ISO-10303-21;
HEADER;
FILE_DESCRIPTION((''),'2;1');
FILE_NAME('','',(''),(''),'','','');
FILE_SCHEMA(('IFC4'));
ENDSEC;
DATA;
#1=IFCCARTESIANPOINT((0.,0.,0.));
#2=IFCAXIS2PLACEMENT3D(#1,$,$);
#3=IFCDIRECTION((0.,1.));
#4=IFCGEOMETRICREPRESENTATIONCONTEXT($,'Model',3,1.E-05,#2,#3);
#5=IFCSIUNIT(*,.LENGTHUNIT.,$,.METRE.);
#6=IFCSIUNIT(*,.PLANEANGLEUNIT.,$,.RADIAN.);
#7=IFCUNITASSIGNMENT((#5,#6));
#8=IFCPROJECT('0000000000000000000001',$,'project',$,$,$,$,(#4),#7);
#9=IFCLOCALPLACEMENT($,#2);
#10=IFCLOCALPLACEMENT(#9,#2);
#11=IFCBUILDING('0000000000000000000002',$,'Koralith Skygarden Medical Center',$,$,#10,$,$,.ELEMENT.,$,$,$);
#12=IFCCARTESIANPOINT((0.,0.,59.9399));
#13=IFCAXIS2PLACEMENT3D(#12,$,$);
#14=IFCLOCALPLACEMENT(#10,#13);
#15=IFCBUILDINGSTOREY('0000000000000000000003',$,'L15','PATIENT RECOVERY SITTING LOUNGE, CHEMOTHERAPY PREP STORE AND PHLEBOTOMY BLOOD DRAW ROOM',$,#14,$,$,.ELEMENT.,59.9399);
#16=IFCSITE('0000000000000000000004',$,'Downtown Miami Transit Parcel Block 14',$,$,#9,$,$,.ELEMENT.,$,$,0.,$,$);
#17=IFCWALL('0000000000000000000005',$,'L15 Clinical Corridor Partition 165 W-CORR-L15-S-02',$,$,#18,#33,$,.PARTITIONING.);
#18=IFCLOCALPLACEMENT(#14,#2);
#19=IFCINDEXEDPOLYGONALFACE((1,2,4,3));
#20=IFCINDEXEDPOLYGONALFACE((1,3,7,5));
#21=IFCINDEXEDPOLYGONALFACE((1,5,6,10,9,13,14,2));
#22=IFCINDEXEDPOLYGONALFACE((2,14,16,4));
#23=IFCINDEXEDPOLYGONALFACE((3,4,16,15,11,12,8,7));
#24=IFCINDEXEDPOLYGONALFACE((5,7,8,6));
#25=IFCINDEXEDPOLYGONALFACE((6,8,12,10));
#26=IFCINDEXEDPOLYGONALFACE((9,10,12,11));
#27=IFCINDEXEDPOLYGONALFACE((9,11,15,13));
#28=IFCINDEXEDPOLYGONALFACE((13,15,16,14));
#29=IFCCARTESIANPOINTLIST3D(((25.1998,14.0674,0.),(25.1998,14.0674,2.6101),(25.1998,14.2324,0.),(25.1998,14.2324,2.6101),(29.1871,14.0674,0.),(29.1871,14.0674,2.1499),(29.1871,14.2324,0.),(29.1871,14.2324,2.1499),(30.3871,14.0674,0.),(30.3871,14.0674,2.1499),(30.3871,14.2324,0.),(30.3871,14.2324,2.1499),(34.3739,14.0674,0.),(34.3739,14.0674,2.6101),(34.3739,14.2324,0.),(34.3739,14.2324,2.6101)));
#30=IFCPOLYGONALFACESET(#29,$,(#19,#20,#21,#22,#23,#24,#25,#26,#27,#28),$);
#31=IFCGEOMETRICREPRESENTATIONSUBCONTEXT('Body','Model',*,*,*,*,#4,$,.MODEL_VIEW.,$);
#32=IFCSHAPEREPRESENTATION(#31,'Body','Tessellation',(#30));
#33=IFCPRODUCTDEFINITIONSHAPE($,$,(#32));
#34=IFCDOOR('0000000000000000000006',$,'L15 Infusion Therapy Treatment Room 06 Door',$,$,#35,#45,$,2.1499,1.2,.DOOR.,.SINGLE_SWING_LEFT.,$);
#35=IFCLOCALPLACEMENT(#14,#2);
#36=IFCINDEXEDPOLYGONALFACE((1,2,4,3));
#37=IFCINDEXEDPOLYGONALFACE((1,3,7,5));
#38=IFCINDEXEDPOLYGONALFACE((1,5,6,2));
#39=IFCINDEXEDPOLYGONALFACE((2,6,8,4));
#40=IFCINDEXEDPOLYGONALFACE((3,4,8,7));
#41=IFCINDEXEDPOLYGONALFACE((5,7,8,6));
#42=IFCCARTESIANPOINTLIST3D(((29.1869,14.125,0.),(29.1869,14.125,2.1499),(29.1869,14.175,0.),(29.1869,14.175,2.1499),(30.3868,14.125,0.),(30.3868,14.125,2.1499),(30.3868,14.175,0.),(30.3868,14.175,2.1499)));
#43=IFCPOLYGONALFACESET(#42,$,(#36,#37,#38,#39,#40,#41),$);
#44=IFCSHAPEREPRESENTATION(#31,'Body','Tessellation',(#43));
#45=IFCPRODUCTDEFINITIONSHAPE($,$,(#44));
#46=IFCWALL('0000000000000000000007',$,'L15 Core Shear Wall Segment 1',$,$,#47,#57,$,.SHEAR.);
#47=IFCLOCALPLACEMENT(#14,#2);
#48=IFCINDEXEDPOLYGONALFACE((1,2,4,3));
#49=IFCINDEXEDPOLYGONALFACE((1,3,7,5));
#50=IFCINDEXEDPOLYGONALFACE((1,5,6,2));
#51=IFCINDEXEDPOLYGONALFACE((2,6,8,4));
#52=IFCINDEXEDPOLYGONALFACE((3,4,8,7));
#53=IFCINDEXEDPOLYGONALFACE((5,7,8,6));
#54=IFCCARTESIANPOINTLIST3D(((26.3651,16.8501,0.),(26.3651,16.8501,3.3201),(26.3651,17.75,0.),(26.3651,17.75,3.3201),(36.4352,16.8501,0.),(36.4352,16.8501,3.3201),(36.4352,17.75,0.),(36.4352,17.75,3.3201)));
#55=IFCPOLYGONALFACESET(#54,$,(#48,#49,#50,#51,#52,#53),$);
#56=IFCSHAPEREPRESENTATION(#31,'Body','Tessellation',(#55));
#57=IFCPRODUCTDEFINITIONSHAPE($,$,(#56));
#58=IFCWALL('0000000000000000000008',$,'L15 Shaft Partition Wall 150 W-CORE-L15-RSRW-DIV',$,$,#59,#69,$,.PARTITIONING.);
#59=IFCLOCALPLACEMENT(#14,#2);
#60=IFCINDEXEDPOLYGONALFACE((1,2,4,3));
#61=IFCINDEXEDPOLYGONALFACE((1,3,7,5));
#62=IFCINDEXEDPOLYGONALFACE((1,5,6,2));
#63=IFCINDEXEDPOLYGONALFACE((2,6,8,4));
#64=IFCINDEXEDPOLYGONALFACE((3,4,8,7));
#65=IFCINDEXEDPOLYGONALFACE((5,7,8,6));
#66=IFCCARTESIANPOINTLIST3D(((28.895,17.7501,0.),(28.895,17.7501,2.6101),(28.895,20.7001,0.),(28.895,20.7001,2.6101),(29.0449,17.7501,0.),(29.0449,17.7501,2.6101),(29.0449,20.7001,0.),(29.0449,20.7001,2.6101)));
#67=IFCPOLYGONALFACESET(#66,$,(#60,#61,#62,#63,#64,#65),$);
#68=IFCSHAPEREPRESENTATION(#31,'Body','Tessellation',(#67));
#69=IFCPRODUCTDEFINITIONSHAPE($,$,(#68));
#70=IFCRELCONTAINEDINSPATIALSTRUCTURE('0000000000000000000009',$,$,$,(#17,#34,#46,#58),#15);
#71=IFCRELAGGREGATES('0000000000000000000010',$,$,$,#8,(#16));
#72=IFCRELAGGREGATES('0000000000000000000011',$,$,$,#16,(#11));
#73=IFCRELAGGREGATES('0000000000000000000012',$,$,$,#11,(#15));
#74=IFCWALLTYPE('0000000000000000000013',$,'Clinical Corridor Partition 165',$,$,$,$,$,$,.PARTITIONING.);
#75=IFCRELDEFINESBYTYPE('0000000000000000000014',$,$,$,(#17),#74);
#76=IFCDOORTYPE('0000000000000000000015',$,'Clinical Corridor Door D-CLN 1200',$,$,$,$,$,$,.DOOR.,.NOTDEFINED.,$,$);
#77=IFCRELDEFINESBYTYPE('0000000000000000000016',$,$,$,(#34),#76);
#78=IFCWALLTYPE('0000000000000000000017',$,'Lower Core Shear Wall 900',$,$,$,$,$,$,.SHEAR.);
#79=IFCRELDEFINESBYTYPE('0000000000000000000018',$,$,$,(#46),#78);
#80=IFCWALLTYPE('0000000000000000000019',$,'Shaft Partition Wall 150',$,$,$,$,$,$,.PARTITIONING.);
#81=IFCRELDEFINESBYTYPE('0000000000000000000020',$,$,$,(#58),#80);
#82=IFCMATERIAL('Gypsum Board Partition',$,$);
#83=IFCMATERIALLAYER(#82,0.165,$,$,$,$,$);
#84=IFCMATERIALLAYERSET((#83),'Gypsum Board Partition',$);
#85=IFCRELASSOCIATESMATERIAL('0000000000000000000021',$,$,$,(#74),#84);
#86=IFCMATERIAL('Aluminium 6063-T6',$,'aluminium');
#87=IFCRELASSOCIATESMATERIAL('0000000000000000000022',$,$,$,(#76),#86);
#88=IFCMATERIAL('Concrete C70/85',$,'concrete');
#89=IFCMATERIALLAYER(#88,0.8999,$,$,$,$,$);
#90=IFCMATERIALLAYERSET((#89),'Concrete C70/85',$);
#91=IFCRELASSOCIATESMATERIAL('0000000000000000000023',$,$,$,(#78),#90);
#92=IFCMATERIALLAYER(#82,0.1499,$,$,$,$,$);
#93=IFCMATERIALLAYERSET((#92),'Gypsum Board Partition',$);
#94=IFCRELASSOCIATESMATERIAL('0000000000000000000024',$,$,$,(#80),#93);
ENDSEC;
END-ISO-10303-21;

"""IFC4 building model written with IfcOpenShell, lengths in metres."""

from ifc_helpers import new_model, si_unit, direction, frame, frame_2d, origin, place, context, subcontext, project, spatial, rectangle, extrude, material, layer, layer_set, type_object, element, fill, save


model = new_model("IFC4")

# Units and contexts
model_context = context("Model", 3, precision=1e-05, world=origin(), true_north=direction((0.0, 1.0)))
body_context = subcontext(model_context, "Body", "Model", "MODEL_VIEW")
ifc_project = project(units=[si_unit("LENGTHUNIT", "METRE"), si_unit("PLANEANGLEUNIT", "RADIAN")], contexts=[model_context])

# Site, building, storey
site_placement = place(None, origin())
site = spatial("IfcSite", under=ifc_project, at=site_placement, Name="Downtown Miami Transit Parcel Block 14", CompositionType="ELEMENT", RefElevation=0.0)
building_placement = place(site_placement, origin())
building = spatial("IfcBuilding", under=site, at=building_placement, Name="Koralith Skygarden Medical Center", CompositionType="ELEMENT")
storey_placement = place(building_placement, frame((0.0, 0.0, 59.9399)))
storey = spatial("IfcBuildingStorey", under=building, at=storey_placement, Name="L15", Description="PATIENT RECOVERY SITTING LOUNGE, CHEMOTHERAPY PREP STORE AND PHLEBOTOMY BLOOD DRAW ROOM", CompositionType="ELEMENT", Elevation=59.9399)

# Shared definitions
ifc_material_1 = material(Name="Concrete C70/85", Category="concrete")

# Shared definitions
ifc_material_2 = material(Name="Aluminium 6063-T6", Category="aluminium")

# Shared definitions
ifc_material_3 = material(Name="Gypsum Board Partition")

# Wall, opening, door
ifc_layer_1 = layer(ifc_material_3, 0.165)
ifc_layer_set_1 = layer_set([ifc_layer_1], Name="Gypsum Board Partition")
wall_type_1 = type_object("IfcWallType", Name="Clinical Corridor Partition 165", PredefinedType="PARTITIONING", material=ifc_layer_set_1)
wall_1_placement = place(storey_placement, frame((25.2, 14.1499, 0.0), z_axis=(0.0, 0.0, 1.0), x_axis=(1.0, 0.0, 0.0)))
wall_1 = element("IfcWall", 1, at=wall_1_placement, inside=storey, type_object=wall_type_1, Name="L15 Clinical Corridor Partition 165 W-CORR-L15-S-02", PredefinedType="PARTITIONING", context=body_context, shape_type="SweptSolid", body=[
    extrude(rectangle(XDim=9.1741, YDim=0.165, at=frame_2d((4.5869, 0.0))), origin(), (0.0, 0.0, 1.0), 2.6101),
])
opening_1_placement = place(wall_1_placement, frame((3.9871, 0.0, 0.0)))
opening_1 = element("IfcOpeningElement", 2, at=opening_1_placement, cuts=wall_1, PredefinedType="OPENING", context=body_context, shape_type="SweptSolid", body=[
    extrude(rectangle(XDim=1.2, YDim=2.1499, at=frame_2d((0.6001, 1.075))), frame((0.0, 0.0925, 0.0), z_axis=(0.0, -1.0, 0.0), x_axis=(1.0, 0.0, 0.0)), (0.0, 0.0, 1.0), 0.1851),
])
door_type_1 = type_object("IfcDoorType", Name="Clinical Corridor Door D-CLN 1200", OperationType="NOTDEFINED", PredefinedType="DOOR", material=ifc_material_2)
door_1_placement = place(opening_1_placement, frame((1.2, 0.0, 0.0), z_axis=(0.0, 0.0, 1.0), x_axis=(-1.0, 0.0, 0.0)))
door_1 = element("IfcDoor", 3, at=door_1_placement, inside=storey, type_object=door_type_1, Name="L15 Infusion Therapy Treatment Room 06 Door", OperationType="SINGLE_SWING_LEFT", OverallHeight=2.1499, OverallWidth=1.2, PredefinedType="DOOR", context=body_context, shape_type="SweptSolid", body=[
    extrude(rectangle(XDim=1.2, YDim=2.1499, at=frame_2d((0.6001, 1.075))), frame((0.0, 0.0249, 0.0), z_axis=(0.0, -1.0, 0.0), x_axis=(1.0, 0.0, 0.0)), (0.0, 0.0, 1.0), 0.05),
])
fill(opening_1, door_1)

# Walls
ifc_layer_2 = layer(ifc_material_1, 0.8999)
ifc_layer_set_2 = layer_set([ifc_layer_2], Name="Concrete C70/85")
wall_type_2 = type_object("IfcWallType", Name="Lower Core Shear Wall 900", PredefinedType="SHEAR", material=ifc_layer_set_2)
wall_2_placement = place(storey_placement, frame((26.365, 17.3, 0.0), z_axis=(0.0, 0.0, 1.0), x_axis=(1.0, 0.0, 0.0)))
element("IfcWall", 4, at=wall_2_placement, inside=storey, type_object=wall_type_2, Name="L15 Core Shear Wall Segment 1", PredefinedType="SHEAR", context=body_context, shape_type="SweptSolid", body=[
    extrude(rectangle(XDim=10.0701, YDim=0.8999, at=frame_2d((5.0352, 0.0))), origin(), (0.0, 0.0, 1.0), 3.3201),
])
ifc_layer_3 = layer(ifc_material_3, 0.1499)
ifc_layer_set_3 = layer_set([ifc_layer_3], Name="Gypsum Board Partition")
wall_type_3 = type_object("IfcWallType", Name="Shaft Partition Wall 150", PredefinedType="PARTITIONING", material=ifc_layer_set_3)
wall_3_placement = place(storey_placement, frame((28.97, 17.75, 0.0), z_axis=(0.0, 0.0, 1.0), x_axis=(0.0, 1.0, 0.0)))
element("IfcWall", 5, at=wall_3_placement, inside=storey, type_object=wall_type_3, Name="L15 Shaft Partition Wall 150 W-CORE-L15-RSRW-DIV", PredefinedType="PARTITIONING", context=body_context, shape_type="SweptSolid", body=[
    extrude(rectangle(XDim=2.95, YDim=0.1499, at=frame_2d((1.4751, 0.0))), origin(), (0.0, 0.0, 1.0), 2.6101),
])

save(model, "model.ifc")
